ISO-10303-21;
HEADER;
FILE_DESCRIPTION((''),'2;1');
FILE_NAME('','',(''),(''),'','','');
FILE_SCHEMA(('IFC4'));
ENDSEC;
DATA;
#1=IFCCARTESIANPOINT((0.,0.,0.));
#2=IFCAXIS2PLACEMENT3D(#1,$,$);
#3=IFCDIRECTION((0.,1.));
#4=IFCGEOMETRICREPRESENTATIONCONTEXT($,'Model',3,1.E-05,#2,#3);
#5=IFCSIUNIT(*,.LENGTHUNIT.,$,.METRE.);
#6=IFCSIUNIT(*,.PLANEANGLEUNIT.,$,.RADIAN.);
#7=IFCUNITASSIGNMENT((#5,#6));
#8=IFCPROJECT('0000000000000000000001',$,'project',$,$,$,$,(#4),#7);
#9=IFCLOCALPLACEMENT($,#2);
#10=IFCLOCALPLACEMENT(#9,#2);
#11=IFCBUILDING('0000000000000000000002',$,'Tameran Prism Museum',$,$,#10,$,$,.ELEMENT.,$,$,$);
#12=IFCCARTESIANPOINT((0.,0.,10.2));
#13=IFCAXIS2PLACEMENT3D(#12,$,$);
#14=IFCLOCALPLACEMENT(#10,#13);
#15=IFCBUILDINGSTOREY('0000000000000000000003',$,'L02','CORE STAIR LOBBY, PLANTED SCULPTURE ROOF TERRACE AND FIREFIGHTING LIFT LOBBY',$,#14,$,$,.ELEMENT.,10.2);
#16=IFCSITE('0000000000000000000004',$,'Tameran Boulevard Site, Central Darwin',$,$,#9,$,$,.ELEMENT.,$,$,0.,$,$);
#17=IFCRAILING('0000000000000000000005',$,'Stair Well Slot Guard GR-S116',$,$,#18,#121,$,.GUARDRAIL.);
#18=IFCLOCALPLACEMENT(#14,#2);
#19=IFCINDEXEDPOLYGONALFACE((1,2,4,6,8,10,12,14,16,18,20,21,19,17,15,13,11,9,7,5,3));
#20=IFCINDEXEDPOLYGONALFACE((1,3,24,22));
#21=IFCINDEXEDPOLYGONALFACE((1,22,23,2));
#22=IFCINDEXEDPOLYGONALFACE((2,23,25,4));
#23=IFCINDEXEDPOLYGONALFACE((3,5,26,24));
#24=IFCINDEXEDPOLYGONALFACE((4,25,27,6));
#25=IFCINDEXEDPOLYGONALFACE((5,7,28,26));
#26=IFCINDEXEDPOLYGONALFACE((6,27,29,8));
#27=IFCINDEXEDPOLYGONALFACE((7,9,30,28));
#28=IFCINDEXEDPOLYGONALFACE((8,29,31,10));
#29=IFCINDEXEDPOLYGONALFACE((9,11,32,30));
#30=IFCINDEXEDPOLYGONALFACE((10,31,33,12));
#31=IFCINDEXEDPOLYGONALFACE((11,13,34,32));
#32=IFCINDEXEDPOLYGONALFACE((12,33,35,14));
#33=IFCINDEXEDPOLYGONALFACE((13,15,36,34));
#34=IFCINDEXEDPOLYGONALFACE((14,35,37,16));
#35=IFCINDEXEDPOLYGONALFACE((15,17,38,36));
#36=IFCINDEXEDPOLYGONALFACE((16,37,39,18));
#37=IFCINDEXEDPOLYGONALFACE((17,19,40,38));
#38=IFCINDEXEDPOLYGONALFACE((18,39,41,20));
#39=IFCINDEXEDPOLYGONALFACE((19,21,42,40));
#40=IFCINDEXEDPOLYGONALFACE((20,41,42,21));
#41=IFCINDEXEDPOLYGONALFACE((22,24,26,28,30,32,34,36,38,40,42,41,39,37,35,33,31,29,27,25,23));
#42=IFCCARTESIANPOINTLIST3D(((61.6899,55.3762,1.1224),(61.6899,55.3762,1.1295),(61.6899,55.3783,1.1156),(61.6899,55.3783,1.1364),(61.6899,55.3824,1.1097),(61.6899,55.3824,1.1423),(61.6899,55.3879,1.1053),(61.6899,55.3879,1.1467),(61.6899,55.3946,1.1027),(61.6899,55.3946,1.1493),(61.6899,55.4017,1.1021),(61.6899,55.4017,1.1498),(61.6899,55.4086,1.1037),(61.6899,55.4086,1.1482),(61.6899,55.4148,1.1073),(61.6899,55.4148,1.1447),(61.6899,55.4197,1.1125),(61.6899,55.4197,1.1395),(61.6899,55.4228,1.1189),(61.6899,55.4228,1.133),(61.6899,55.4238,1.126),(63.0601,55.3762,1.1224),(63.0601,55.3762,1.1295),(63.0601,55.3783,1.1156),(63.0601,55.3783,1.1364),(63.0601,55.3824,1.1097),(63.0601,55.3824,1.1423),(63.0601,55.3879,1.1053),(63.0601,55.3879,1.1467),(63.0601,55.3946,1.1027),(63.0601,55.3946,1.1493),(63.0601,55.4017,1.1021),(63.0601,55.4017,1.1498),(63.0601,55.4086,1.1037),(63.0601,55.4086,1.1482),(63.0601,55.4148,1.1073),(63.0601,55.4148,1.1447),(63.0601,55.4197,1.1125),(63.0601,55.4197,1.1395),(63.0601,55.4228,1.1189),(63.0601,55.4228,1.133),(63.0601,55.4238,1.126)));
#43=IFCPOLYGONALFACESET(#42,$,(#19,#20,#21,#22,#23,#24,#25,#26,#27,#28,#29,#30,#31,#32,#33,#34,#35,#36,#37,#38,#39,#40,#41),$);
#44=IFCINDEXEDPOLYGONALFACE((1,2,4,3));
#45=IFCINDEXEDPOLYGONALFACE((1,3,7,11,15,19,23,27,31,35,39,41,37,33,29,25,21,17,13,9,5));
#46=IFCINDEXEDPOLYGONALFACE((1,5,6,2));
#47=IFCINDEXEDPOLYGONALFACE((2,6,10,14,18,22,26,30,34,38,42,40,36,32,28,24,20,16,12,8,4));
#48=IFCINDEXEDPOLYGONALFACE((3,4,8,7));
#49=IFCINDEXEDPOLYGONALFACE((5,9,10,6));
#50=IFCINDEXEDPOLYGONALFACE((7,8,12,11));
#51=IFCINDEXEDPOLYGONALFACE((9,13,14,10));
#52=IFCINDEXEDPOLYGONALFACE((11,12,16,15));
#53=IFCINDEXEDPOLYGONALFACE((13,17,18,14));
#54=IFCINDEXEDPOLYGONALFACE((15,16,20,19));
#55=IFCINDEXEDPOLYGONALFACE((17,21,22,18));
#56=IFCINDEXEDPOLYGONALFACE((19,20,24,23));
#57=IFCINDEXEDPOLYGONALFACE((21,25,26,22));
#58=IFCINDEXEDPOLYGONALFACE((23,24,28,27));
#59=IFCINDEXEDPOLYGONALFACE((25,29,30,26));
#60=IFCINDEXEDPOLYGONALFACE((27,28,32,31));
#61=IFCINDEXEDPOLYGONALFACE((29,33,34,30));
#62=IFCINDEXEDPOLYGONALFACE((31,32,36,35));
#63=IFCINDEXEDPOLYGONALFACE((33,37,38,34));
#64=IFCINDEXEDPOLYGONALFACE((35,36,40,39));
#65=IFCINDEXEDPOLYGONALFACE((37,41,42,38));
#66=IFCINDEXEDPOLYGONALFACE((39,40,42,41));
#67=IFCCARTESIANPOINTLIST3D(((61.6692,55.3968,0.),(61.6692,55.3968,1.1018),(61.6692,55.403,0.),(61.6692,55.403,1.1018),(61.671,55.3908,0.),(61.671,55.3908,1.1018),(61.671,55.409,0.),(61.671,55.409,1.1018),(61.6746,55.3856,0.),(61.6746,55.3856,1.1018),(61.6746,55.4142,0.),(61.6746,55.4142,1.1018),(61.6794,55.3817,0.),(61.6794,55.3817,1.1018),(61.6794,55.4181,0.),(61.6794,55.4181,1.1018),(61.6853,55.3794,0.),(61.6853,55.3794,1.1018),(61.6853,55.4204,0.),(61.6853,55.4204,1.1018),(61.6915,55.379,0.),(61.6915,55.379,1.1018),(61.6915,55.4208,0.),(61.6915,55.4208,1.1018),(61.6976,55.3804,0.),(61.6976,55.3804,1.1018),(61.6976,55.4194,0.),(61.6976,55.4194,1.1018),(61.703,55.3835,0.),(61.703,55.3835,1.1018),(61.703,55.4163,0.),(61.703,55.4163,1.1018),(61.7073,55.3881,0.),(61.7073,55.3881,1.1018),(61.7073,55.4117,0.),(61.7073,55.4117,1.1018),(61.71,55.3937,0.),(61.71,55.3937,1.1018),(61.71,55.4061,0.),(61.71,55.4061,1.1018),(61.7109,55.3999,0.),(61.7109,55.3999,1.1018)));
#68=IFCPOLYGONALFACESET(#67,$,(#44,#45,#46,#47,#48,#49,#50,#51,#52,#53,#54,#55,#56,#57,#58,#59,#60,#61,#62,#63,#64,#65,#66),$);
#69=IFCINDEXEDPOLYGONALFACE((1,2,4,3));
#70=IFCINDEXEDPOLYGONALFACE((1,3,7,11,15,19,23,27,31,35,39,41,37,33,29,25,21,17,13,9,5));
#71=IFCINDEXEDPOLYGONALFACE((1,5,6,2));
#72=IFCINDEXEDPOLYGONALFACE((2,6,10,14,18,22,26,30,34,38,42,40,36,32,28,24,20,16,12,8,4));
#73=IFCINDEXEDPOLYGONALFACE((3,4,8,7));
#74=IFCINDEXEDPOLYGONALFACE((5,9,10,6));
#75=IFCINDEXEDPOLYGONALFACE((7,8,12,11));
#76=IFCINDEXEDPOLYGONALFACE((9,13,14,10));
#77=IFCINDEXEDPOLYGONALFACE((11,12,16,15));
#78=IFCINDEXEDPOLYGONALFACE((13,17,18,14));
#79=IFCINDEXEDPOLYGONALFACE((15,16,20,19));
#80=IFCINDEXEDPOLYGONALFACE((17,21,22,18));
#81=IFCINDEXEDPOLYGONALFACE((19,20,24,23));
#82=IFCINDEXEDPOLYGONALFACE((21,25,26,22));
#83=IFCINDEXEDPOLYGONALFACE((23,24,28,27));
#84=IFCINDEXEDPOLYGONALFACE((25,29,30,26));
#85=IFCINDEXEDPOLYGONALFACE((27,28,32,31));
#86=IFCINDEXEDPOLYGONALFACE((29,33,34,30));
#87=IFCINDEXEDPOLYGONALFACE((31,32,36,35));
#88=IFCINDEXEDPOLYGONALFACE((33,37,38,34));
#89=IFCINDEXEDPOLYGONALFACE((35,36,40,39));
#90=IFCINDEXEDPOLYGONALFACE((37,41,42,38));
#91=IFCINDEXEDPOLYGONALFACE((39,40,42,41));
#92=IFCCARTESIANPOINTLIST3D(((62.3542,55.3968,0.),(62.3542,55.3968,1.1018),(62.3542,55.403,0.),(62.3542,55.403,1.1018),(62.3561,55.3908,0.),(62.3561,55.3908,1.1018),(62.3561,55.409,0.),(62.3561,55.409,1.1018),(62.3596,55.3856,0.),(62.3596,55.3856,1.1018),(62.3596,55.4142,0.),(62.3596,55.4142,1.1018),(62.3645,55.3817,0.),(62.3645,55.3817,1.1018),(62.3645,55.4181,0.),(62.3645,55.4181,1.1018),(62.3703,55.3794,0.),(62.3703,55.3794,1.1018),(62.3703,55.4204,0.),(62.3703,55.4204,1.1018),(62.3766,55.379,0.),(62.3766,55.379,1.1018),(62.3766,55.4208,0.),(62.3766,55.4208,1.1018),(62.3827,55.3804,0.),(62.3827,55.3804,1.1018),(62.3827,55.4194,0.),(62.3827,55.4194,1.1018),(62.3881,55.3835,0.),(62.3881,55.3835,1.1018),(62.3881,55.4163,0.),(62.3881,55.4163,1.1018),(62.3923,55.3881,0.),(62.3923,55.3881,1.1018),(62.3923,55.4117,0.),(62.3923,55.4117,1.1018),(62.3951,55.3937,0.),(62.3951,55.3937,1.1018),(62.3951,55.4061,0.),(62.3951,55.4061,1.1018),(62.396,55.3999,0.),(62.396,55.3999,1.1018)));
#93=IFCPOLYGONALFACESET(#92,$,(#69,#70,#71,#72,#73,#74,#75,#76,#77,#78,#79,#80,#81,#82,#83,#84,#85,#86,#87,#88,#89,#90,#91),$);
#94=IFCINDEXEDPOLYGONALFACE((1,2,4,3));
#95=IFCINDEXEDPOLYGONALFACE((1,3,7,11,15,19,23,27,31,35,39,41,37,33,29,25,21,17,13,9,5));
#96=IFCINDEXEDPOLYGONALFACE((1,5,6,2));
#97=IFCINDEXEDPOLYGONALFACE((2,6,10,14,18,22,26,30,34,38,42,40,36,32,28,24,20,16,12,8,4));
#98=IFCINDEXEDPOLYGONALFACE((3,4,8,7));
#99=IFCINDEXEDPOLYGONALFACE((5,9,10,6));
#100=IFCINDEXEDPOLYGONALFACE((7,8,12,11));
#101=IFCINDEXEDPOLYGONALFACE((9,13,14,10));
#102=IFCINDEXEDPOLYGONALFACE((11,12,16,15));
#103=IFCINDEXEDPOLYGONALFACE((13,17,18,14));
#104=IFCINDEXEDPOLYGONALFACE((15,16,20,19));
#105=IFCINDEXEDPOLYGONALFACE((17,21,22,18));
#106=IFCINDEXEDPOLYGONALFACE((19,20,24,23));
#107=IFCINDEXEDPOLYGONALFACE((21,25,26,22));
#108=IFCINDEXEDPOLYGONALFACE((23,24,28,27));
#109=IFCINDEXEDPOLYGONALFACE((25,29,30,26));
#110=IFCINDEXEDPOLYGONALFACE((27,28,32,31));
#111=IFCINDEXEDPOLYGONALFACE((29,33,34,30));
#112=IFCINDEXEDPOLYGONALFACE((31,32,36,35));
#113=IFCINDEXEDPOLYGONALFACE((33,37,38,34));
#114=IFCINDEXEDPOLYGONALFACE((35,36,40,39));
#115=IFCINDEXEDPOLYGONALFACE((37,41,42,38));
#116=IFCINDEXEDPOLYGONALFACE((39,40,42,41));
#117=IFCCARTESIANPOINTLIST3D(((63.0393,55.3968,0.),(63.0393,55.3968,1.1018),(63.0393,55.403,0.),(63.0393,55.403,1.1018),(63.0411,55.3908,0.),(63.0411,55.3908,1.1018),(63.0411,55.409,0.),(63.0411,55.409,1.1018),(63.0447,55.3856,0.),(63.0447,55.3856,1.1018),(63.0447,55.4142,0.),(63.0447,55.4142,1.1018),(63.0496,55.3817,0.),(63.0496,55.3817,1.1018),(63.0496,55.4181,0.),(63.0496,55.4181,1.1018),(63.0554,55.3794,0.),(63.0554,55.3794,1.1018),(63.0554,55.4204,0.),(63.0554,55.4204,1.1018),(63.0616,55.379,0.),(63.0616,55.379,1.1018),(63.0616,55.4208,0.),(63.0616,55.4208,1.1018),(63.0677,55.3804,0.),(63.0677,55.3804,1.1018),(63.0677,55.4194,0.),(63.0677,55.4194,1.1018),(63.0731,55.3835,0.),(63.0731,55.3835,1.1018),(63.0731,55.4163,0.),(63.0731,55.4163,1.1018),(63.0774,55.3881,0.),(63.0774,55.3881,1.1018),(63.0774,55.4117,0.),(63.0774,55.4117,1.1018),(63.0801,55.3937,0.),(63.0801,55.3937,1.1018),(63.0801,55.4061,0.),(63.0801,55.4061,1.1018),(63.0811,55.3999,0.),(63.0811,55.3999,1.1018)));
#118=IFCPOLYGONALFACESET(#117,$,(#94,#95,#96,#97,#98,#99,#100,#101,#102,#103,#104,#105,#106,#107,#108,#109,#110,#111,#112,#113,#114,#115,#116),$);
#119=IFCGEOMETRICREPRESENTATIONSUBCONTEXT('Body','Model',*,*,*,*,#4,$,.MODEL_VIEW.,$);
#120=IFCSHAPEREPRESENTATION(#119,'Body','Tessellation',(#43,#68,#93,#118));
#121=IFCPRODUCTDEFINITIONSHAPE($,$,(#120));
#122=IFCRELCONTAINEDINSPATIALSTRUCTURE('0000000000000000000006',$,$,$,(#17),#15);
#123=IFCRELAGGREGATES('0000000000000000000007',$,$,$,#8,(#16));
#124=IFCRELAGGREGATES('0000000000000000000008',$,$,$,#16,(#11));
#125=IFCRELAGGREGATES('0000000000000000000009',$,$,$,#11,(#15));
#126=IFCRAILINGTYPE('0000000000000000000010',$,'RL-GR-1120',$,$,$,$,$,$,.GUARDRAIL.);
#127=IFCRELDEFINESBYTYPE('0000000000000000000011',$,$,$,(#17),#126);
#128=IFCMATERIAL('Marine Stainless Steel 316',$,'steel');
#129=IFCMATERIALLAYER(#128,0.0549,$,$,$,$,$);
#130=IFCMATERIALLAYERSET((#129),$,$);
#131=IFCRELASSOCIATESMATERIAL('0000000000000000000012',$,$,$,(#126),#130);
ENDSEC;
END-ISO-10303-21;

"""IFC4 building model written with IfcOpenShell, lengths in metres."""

from ifc_helpers import new_model, si_unit, direction, frame, origin, origin_2d, place, context, subcontext, project, spatial, circle, extrude, material, layer, layer_set, type_object, element, save


model = new_model("IFC4")

# Units and contexts
model_context = context("Model", 3, precision=1e-05, world=origin(), true_north=direction((0.0, 1.0)))
body_context = subcontext(model_context, "Body", "Model", "MODEL_VIEW")
ifc_project = project(units=[si_unit("LENGTHUNIT", "METRE"), si_unit("PLANEANGLEUNIT", "RADIAN")], contexts=[model_context])

# Site, building, storey
site_placement = place(None, origin())
site = spatial("IfcSite", under=ifc_project, at=site_placement, Name="Tameran Boulevard Site, Central Darwin", CompositionType="ELEMENT", RefElevation=0.0)
building_placement = place(site_placement, origin())
building = spatial("IfcBuilding", under=site, at=building_placement, Name="Tameran Prism Museum", CompositionType="ELEMENT")
storey_placement = place(building_placement, frame((0.0, 0.0, 10.2)))
storey = spatial("IfcBuildingStorey", under=building, at=storey_placement, Name="L02", Description="CORE STAIR LOBBY, PLANTED SCULPTURE ROOF TERRACE AND FIREFIGHTING LIFT LOBBY", CompositionType="ELEMENT", Elevation=10.2)

# Railing
ifc_material_1 = material(Name="Marine Stainless Steel 316", Category="steel")
ifc_layer_1 = layer(ifc_material_1, 0.0549)
ifc_layer_set_1 = layer_set([ifc_layer_1])
railing_type_1 = type_object("IfcRailingType", Name="RL-GR-1120", PredefinedType="GUARDRAIL", material=ifc_layer_set_1)
railing_1_placement = place(storey_placement, frame((61.6899, 55.3999, 0.0)))
element("IfcRailing", 1, at=railing_1_placement, inside=storey, type_object=railing_type_1, Name="Stair Well Slot Guard GR-S116", PredefinedType="GUARDRAIL", context=body_context, shape_type="SweptSolid", body=[
    extrude(circle(Radius=0.0239, at=origin_2d()), frame((0.0, 0.0, 1.126), z_axis=(1.0, 0.0, 0.0), x_axis=(0.0, 1.0, 0.0)), (0.0, 0.0, 1.0), 1.3701),
    extrude(circle(Radius=0.021, at=origin_2d()), origin(), (0.0, 0.0, 1.0), 1.1018),
    extrude(circle(Radius=0.021, at=origin_2d()), frame((0.6851, 0.0, 0.0)), (0.0, 0.0, 1.0), 1.1018),
    extrude(circle(Radius=0.021, at=origin_2d()), frame((1.3701, 0.0, 0.0)), (0.0, 0.0, 1.0), 1.1018),
])

save(model, "model.ifc")
